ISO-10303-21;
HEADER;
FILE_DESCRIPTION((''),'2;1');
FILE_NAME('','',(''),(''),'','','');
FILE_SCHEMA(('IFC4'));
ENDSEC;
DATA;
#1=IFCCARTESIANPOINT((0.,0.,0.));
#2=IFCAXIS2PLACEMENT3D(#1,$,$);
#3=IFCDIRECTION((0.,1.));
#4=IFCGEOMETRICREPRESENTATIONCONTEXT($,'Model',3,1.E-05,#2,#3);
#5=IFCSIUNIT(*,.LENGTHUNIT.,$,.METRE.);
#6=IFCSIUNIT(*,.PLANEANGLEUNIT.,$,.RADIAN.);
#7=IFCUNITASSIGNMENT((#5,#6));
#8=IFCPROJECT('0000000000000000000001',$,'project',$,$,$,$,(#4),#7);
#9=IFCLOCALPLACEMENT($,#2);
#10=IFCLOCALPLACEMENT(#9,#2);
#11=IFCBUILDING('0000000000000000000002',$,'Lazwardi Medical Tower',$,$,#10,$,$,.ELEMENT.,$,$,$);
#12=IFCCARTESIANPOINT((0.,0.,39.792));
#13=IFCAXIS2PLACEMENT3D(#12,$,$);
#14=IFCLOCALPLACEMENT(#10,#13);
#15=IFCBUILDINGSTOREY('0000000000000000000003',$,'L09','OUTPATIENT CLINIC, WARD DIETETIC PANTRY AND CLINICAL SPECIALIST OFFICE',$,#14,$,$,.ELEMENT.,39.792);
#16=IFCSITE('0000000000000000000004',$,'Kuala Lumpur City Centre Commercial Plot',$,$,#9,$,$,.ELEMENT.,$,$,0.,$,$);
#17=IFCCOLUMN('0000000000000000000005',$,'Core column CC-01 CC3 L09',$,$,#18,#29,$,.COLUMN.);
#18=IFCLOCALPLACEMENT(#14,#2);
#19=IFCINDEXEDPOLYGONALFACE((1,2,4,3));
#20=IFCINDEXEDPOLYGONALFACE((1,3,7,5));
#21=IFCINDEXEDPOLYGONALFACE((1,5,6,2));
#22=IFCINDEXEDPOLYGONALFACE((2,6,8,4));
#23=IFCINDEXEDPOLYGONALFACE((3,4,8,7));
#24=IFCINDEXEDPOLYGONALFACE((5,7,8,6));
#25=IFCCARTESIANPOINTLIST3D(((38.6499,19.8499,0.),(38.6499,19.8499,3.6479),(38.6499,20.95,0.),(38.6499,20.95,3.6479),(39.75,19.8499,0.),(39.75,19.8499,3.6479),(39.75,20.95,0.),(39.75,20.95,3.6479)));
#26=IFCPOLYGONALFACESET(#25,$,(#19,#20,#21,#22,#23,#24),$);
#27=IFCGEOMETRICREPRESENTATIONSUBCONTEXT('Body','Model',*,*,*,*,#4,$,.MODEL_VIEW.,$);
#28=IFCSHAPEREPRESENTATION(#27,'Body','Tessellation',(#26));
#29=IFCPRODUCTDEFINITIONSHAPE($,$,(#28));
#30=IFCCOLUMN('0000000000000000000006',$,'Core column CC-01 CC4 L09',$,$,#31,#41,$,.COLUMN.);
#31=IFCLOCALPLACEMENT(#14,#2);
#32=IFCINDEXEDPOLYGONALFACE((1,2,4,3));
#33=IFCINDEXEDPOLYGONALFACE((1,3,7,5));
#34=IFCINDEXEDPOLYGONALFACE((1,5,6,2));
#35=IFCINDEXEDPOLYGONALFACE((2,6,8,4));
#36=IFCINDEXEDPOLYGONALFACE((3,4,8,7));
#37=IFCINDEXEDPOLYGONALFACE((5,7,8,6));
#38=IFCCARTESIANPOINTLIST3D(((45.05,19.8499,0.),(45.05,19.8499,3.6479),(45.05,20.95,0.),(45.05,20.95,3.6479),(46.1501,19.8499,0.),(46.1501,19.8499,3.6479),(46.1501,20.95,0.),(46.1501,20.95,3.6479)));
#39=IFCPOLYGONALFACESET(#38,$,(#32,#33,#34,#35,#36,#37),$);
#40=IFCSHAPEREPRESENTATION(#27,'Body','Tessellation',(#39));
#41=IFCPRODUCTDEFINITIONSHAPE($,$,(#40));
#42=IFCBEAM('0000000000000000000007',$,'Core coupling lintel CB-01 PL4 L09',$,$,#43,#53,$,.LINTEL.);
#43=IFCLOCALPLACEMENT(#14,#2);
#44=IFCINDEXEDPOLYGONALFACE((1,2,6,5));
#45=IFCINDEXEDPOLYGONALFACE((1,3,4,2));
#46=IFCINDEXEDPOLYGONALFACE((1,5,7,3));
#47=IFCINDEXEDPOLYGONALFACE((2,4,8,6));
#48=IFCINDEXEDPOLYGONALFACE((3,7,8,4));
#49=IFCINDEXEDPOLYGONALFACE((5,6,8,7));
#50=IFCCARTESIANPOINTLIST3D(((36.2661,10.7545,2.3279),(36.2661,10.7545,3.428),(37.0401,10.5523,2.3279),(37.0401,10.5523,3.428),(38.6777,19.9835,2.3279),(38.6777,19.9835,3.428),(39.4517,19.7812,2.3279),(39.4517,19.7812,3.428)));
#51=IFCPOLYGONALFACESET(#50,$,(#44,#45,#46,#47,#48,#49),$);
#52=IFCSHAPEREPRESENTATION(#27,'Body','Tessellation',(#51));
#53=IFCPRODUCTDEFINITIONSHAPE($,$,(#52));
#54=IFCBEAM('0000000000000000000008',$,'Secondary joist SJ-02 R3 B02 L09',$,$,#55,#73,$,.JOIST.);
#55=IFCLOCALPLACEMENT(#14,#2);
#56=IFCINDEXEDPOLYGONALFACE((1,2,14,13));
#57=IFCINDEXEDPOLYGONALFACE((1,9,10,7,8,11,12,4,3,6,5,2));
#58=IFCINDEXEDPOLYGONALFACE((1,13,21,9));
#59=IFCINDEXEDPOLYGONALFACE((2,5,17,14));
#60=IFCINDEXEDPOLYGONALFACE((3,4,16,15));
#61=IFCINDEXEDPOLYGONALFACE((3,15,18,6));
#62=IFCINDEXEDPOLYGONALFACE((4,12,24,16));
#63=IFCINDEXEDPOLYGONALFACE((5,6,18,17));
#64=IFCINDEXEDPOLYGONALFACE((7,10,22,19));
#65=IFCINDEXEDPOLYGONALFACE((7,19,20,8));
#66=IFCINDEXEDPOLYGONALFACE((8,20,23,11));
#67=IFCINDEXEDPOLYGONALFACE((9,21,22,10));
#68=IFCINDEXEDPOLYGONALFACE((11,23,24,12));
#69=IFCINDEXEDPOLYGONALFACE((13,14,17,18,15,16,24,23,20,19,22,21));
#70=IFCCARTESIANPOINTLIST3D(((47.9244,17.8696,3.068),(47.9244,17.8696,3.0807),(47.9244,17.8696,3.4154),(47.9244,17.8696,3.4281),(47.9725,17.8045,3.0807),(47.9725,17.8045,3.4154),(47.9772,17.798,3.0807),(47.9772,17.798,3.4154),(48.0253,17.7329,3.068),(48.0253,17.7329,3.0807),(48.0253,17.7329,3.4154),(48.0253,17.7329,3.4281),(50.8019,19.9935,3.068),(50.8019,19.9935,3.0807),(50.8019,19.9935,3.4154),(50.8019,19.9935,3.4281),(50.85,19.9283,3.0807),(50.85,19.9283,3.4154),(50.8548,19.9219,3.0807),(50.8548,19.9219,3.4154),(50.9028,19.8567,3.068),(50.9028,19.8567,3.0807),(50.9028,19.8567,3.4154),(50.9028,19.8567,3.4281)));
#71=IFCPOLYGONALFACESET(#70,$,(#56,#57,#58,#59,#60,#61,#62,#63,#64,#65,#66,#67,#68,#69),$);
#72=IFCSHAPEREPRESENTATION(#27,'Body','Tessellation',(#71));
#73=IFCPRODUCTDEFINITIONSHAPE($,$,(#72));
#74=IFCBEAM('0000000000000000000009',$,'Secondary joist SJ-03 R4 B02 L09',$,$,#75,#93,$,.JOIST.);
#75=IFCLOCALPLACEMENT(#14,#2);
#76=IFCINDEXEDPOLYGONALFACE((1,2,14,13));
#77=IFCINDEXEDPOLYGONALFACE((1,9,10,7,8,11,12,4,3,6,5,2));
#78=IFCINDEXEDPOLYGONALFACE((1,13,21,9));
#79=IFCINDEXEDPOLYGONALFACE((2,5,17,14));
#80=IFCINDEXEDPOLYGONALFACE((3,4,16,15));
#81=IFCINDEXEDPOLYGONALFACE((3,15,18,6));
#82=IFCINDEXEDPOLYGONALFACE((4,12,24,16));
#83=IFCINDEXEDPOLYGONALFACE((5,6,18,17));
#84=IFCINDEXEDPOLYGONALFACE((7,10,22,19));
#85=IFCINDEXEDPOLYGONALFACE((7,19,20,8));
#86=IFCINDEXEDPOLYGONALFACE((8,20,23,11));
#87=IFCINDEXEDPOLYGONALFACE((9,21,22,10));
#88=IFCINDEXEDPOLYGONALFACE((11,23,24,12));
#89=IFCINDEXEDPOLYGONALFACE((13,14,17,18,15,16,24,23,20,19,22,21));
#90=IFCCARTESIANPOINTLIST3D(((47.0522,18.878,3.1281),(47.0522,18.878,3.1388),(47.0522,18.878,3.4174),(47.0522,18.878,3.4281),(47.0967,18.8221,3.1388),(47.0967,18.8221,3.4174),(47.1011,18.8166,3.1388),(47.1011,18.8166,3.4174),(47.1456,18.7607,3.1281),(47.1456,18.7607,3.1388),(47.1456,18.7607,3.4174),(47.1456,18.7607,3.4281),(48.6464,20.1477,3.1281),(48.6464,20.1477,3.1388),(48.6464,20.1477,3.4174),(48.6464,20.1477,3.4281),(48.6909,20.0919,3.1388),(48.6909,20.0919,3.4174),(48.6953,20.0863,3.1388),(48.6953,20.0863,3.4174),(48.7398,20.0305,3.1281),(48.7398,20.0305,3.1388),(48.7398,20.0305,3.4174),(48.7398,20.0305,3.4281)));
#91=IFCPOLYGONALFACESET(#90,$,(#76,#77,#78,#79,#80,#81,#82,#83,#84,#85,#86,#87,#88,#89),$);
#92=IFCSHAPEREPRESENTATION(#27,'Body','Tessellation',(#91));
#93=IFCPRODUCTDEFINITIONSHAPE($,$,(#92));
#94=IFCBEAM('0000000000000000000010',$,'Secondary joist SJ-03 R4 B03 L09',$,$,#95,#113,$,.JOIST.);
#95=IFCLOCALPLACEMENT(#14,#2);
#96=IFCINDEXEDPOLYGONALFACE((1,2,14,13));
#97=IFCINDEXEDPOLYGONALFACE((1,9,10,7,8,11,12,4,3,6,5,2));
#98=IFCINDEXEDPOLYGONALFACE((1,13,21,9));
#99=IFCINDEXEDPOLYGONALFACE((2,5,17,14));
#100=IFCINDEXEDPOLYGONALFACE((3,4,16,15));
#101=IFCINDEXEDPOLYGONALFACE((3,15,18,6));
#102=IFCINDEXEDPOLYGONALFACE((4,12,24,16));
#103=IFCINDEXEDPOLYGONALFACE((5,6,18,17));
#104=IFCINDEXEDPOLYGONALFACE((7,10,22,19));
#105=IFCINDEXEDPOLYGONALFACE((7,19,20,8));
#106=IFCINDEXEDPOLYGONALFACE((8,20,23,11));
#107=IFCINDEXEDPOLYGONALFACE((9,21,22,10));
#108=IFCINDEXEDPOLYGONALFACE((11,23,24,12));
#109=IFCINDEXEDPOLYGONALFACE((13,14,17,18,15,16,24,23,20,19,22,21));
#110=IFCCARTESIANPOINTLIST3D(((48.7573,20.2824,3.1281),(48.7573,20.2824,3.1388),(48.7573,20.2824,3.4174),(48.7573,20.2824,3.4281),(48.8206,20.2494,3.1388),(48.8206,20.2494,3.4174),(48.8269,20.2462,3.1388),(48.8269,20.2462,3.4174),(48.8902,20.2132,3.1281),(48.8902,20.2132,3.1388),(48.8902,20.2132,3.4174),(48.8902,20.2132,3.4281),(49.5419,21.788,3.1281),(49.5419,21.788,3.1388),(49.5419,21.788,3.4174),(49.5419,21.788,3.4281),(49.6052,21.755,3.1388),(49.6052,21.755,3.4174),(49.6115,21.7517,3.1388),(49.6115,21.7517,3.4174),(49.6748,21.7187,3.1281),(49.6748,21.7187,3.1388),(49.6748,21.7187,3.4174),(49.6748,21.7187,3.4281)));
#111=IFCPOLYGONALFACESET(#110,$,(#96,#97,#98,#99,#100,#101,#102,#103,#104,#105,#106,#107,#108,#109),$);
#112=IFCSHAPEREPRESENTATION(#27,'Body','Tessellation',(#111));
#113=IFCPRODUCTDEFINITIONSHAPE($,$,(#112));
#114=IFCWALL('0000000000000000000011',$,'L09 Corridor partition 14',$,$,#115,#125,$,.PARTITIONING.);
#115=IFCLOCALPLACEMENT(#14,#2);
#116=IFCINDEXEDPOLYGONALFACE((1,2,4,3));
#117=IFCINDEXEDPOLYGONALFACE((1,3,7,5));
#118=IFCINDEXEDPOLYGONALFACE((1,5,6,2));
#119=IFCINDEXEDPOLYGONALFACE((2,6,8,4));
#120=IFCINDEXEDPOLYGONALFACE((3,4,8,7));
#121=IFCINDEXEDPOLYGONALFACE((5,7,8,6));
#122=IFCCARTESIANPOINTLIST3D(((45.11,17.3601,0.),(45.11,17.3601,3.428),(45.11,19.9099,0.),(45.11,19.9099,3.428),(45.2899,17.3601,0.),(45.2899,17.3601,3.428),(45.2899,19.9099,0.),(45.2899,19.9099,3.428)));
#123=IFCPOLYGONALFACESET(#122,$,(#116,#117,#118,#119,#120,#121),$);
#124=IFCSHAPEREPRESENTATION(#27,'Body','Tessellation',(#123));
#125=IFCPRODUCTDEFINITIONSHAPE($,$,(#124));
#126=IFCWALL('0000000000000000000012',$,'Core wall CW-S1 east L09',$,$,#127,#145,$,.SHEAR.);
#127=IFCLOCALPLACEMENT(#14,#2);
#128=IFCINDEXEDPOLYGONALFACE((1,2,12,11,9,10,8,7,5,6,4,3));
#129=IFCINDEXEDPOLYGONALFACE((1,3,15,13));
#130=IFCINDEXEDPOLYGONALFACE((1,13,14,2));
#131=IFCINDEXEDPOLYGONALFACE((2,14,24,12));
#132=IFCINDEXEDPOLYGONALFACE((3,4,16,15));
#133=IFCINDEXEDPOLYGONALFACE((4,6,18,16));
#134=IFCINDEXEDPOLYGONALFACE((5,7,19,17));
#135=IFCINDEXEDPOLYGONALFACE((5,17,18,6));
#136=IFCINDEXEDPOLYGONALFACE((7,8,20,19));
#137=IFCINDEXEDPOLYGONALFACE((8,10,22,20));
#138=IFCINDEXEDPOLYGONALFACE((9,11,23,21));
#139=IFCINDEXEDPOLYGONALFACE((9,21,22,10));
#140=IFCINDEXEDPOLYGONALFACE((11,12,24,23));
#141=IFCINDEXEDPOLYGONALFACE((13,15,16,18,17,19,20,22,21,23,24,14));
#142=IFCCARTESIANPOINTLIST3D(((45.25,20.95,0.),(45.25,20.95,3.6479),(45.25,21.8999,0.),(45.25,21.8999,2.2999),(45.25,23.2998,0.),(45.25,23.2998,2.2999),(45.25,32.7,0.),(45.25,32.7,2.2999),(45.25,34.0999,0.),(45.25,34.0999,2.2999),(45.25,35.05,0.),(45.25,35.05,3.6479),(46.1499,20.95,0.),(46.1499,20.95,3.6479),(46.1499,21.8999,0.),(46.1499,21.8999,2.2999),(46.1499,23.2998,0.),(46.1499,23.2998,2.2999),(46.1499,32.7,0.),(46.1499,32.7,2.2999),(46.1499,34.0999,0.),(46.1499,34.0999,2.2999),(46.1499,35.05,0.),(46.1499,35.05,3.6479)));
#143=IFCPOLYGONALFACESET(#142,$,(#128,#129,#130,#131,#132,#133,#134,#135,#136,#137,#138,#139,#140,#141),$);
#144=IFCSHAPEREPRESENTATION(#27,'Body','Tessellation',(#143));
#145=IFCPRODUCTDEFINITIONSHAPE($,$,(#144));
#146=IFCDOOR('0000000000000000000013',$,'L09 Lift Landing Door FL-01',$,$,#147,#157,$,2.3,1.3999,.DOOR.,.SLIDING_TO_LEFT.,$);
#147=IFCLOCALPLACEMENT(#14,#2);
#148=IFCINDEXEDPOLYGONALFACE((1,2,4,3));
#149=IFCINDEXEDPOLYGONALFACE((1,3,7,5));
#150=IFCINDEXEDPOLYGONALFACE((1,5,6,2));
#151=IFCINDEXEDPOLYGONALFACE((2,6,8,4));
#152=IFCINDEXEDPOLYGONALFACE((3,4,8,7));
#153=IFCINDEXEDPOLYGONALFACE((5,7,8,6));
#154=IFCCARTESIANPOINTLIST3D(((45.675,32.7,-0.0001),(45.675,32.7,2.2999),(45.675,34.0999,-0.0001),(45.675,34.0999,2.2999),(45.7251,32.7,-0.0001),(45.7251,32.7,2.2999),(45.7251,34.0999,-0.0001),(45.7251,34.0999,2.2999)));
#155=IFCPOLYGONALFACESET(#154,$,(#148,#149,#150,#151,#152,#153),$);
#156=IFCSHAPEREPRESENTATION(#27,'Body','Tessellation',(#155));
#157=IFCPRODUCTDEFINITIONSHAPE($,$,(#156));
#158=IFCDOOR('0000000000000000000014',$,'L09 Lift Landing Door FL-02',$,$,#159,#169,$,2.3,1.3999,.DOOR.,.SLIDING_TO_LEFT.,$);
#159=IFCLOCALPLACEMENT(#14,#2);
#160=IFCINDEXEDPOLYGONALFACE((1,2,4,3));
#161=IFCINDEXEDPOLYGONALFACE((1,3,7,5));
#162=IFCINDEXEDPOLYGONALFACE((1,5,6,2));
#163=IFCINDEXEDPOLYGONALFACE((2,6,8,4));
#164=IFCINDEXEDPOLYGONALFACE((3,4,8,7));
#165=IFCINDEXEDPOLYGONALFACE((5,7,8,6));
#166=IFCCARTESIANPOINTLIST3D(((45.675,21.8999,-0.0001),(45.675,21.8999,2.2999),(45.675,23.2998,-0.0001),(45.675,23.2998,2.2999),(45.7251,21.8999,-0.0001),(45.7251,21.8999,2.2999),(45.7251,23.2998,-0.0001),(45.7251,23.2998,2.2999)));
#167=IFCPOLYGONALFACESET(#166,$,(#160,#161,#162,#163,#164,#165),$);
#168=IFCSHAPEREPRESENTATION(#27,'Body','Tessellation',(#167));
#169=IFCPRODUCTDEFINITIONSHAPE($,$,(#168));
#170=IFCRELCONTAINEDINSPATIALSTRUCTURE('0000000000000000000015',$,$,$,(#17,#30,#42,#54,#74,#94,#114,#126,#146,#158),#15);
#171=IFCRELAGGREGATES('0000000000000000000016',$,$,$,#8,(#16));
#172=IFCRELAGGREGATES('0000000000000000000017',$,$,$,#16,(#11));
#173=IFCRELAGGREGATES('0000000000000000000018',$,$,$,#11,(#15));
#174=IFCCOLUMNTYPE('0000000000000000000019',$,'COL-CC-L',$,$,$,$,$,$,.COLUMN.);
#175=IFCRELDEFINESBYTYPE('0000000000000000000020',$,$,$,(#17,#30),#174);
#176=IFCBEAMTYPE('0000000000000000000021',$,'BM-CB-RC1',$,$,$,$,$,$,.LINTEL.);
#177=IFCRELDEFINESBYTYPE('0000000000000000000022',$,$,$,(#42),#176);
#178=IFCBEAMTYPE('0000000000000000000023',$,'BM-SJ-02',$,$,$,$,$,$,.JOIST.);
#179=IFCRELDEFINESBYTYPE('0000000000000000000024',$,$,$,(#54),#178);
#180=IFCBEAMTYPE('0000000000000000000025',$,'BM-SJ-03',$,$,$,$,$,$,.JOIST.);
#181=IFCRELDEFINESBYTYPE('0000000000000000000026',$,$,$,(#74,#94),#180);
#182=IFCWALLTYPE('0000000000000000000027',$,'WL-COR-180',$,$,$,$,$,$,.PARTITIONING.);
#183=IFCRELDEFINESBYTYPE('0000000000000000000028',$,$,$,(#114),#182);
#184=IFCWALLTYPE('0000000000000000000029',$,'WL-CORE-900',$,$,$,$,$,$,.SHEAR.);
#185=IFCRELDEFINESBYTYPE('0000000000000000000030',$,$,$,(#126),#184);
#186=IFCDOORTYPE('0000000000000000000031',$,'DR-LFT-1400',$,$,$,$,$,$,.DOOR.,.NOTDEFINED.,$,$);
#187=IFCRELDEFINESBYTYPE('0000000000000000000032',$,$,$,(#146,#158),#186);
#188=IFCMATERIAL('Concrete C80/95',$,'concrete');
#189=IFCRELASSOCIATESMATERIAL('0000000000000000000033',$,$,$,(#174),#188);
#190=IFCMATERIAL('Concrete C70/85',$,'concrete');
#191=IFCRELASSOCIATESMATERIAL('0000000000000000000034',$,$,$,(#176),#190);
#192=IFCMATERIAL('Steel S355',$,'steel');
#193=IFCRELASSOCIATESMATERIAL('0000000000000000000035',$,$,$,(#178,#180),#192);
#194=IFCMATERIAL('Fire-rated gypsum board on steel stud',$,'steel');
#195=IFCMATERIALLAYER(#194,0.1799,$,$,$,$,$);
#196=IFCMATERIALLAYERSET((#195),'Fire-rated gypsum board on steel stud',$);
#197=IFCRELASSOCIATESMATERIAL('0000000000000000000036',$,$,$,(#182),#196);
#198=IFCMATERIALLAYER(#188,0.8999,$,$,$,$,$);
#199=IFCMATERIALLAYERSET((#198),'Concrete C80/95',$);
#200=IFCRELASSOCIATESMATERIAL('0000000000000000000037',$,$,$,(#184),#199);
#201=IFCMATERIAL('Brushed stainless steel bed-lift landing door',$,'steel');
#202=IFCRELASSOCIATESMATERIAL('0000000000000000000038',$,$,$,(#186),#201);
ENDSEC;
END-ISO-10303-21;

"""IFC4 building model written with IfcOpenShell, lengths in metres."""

from ifc_helpers import new_model, si_unit, direction, frame, frame_2d, origin, origin_2d, place, context, subcontext, project, spatial, rectangle, i_section, extrude, material, layer, layer_set, material_profile, profile_set, type_object, element, fill, save


model = new_model("IFC4")

# Units and contexts
model_context = context("Model", 3, precision=1e-05, world=origin(), true_north=direction((0.0, 1.0)))
body_context = subcontext(model_context, "Body", "Model", "MODEL_VIEW")
ifc_project = project(units=[si_unit("LENGTHUNIT", "METRE"), si_unit("PLANEANGLEUNIT", "RADIAN")], contexts=[model_context])

# Site, building, storey
site_placement = place(None, origin())
site = spatial("IfcSite", under=ifc_project, at=site_placement, Name="Kuala Lumpur City Centre Commercial Plot", CompositionType="ELEMENT", RefElevation=0.0)
building_placement = place(site_placement, origin())
building = spatial("IfcBuilding", under=site, at=building_placement, Name="Lazwardi Medical Tower", CompositionType="ELEMENT")
storey_placement = place(building_placement, frame((0.0, 0.0, 39.792)))
storey = spatial("IfcBuildingStorey", under=building, at=storey_placement, Name="L09", Description="OUTPATIENT CLINIC, WARD DIETETIC PANTRY AND CLINICAL SPECIALIST OFFICE", CompositionType="ELEMENT", Elevation=39.792)

# Columns
ifc_material_1 = material(Name="Concrete C80/95", Category="concrete")
ifc_material_profile_1 = material_profile(ifc_material_1, rectangle(XDim=1.1001, YDim=1.1001, at=origin_2d()), Name="RC 1100x1100")
ifc_profile_set_1 = profile_set([ifc_material_profile_1], Name="Concrete C80/95")
column_type = type_object("IfcColumnType", Name="COL-CC-L", PredefinedType="COLUMN", material=ifc_profile_set_1)
for number, where, z_axis, x_axis, name in (
    (1, (39.2, 20.3999, 0.0), (0.0, 0.0, 1.0), (1.0, 0.0, 0.0), "Core column CC-01 CC3 L09"),
    (2, (45.6001, 20.3999, 0.0), (0.0, 0.0, 1.0), (1.0, 0.0, 0.0), "Core column CC-01 CC4 L09"),
):
    element("IfcColumn", number, at=place(storey_placement, frame(where, z_axis=z_axis, x_axis=x_axis)), inside=storey, type_object=column_type, Name=name, PredefinedType="COLUMN", context=body_context, shape_type="SweptSolid", body=[
        extrude(rectangle(XDim=1.1001, YDim=1.1001, at=origin_2d()), origin(), (0.0, 0.0, 1.0), 3.6479),
    ])

# Beams
ifc_material_2 = material(Name="Concrete C70/85", Category="concrete")
ifc_material_profile_2 = material_profile(ifc_material_2, rectangle(XDim=0.8, YDim=1.1001, at=origin_2d()), Name="RC 800x1100")
ifc_profile_set_2 = profile_set([ifc_material_profile_2], Name="Concrete C70/85")
beam_type_1 = type_object("IfcBeamType", Name="BM-CB-RC1", PredefinedType="LINTEL", material=ifc_profile_set_2)
beam_1_placement = place(storey_placement, frame((39.0647, 19.8823, 2.8779), z_axis=(-0.25282, -0.967513, 0.0), x_axis=(0.967513, -0.25282, 0.0)))
element("IfcBeam", 3, at=beam_1_placement, inside=storey, type_object=beam_type_1, Name="Core coupling lintel CB-01 PL4 L09", PredefinedType="LINTEL", context=body_context, shape_type="SweptSolid", body=[
    extrude(rectangle(XDim=0.8, YDim=1.1001, at=origin_2d()), origin(), (0.0, 0.0, 1.0), 9.5388),
])
ifc_material_3 = material(Name="Steel S355", Category="steel")
ifc_material_profile_3 = material_profile(ifc_material_3, i_section(OverallWidth=0.1699, OverallDepth=0.3601, WebThickness=0.0081, FlangeThickness=0.0127, at=origin_2d()), Name="IPE 360")
ifc_profile_set_3 = profile_set([ifc_material_profile_3], Name="Steel S355")
beam_type_2 = type_object("IfcBeamType", Name="BM-SJ-02", PredefinedType="JOIST", material=ifc_profile_set_3)
beam_2_placement = place(storey_placement, frame((47.9749, 17.8013, 3.248), z_axis=(0.80458, 0.593844, 0.0), x_axis=(-0.593844, 0.80458, 0.0)))
element("IfcBeam", 4, at=beam_2_placement, inside=storey, type_object=beam_type_2, Name="Secondary joist SJ-02 R3 B02 L09", PredefinedType="JOIST", context=body_context, shape_type="SweptSolid", body=[
    extrude(i_section(OverallWidth=0.1699, OverallDepth=0.3601, WebThickness=0.0081, FlangeThickness=0.0127, at=origin_2d()), origin(), (0.0, 0.0, 1.0), 3.5764),
])
ifc_material_profile_4 = material_profile(ifc_material_3, i_section(OverallWidth=0.1499, OverallDepth=0.3, WebThickness=0.0071, FlangeThickness=0.0107, at=origin_2d()), Name="IPE 300")
ifc_profile_set_4 = profile_set([ifc_material_profile_4], Name="Steel S355")
beam_type_3 = type_object("IfcBeamType", Name="BM-SJ-03", PredefinedType="JOIST", material=ifc_profile_set_4)
beam_3_placement = place(storey_placement, frame((47.0989, 18.8193, 3.2781), z_axis=(0.782211, 0.623014, 0.0), x_axis=(-0.623014, 0.782211, 0.0)))
element("IfcBeam", 5, at=beam_3_placement, inside=storey, type_object=beam_type_3, Name="Secondary joist SJ-03 R4 B02 L09", PredefinedType="JOIST", context=body_context, shape_type="SweptSolid", body=[
    extrude(i_section(OverallWidth=0.1499, OverallDepth=0.3, WebThickness=0.0071, FlangeThickness=0.0107, at=origin_2d()), origin(), (0.0, 0.0, 1.0), 2.0381),
])
beam_4_placement = place(storey_placement, frame((48.8237, 20.2478, 3.2781), z_axis=(0.462163, 0.886795, 0.0), x_axis=(-0.886795, 0.462163, 0.0)))
element("IfcBeam", 6, at=beam_4_placement, inside=storey, type_object=beam_type_3, Name="Secondary joist SJ-03 R4 B03 L09", PredefinedType="JOIST", context=body_context, shape_type="SweptSolid", body=[
    extrude(i_section(OverallWidth=0.1499, OverallDepth=0.3, WebThickness=0.0071, FlangeThickness=0.0107, at=origin_2d()), origin(), (0.0, 0.0, 1.0), 1.6978),
])

# Wall
ifc_material_4 = material(Name="Fire-rated gypsum board on steel stud", Category="steel")
ifc_layer_1 = layer(ifc_material_4, 0.1799)
ifc_layer_set_1 = layer_set([ifc_layer_1], Name="Fire-rated gypsum board on steel stud")
wall_type_1 = type_object("IfcWallType", Name="WL-COR-180", PredefinedType="PARTITIONING", material=ifc_layer_set_1)
wall_1_placement = place(storey_placement, frame((45.2, 19.9099, 0.0), z_axis=(0.0, 0.0, 1.0), x_axis=(0.0, -1.0, 0.0)))
element("IfcWall", 7, at=wall_1_placement, inside=storey, type_object=wall_type_1, Name="L09 Corridor partition 14", PredefinedType="PARTITIONING", context=body_context, shape_type="SweptSolid", body=[
    extrude(rectangle(XDim=2.5498, YDim=0.1799, at=frame_2d((1.2749, 0.0))), origin(), (0.0, 0.0, 1.0), 3.428),
])

# Wall, openings, doors
ifc_layer_2 = layer(ifc_material_1, 0.8999)
ifc_layer_set_2 = layer_set([ifc_layer_2], Name="Concrete C80/95")
wall_type_2 = type_object("IfcWallType", Name="WL-CORE-900", PredefinedType="SHEAR", material=ifc_layer_set_2)
wall_2_placement = place(storey_placement, frame((45.7, 20.95, 0.0), z_axis=(0.0, 0.0, 1.0), x_axis=(0.0, 1.0, 0.0)))
wall_2 = element("IfcWall", 8, at=wall_2_placement, inside=storey, type_object=wall_type_2, Name="Core wall CW-S1 east L09", PredefinedType="SHEAR", context=body_context, shape_type="SweptSolid", body=[
    extrude(rectangle(XDim=14.1001, YDim=0.8999, at=frame_2d((7.05, 0.0))), origin(), (0.0, 0.0, 1.0), 3.6479),
])
opening_1_placement = place(wall_2_placement, frame((11.75, 0.0, 0.0)))
opening_1 = element("IfcOpeningElement", 9, at=opening_1_placement, cuts=wall_2, PredefinedType="OPENING", context=body_context, shape_type="SweptSolid", body=[
    extrude(rectangle(XDim=1.3999, YDim=2.3, at=frame_2d((0.7, 1.1499))), frame((0.0, 0.46, 0.0), z_axis=(0.0, -1.0, 0.0), x_axis=(1.0, 0.0, 0.0)), (0.0, 0.0, 1.0), 0.9199),
])
opening_2_placement = place(wall_2_placement, frame((0.95, 0.0, 0.0)))
opening_2 = element("IfcOpeningElement", 10, at=opening_2_placement, cuts=wall_2, PredefinedType="OPENING", context=body_context, shape_type="SweptSolid", body=[
    extrude(rectangle(XDim=1.3999, YDim=2.3, at=frame_2d((0.7, 1.1499))), frame((0.0, 0.46, 0.0), z_axis=(0.0, -1.0, 0.0), x_axis=(1.0, 0.0, 0.0)), (0.0, 0.0, 1.0), 0.9199),
])
ifc_material_5 = material(Name="Brushed stainless steel bed-lift landing door", Category="steel")
door_type = type_object("IfcDoorType", Name="DR-LFT-1400", OperationType="NOTDEFINED", PredefinedType="DOOR", material=ifc_material_5)
door_1_placement = place(opening_1_placement, origin())
door_1 = element("IfcDoor", 11, at=door_1_placement, inside=storey, type_object=door_type, Name="L09 Lift Landing Door FL-01", OperationType="SLIDING_TO_LEFT", OverallHeight=2.3, OverallWidth=1.3999, PredefinedType="DOOR", context=body_context, shape_type="SweptSolid", body=[
    extrude(rectangle(XDim=1.3999, YDim=2.3, at=frame_2d((0.7, 1.1499))), frame((0.0, 0.0249, 0.0), z_axis=(0.0, -1.0, 0.0), x_axis=(1.0, 0.0, 0.0)), (0.0, 0.0, 1.0), 0.05),
])
fill(opening_1, door_1)
door_2_placement = place(opening_2_placement, origin())
door_2 = element("IfcDoor", 12, at=door_2_placement, inside=storey, type_object=door_type, Name="L09 Lift Landing Door FL-02", OperationType="SLIDING_TO_LEFT", OverallHeight=2.3, OverallWidth=1.3999, PredefinedType="DOOR", context=body_context, shape_type="SweptSolid", body=[
    extrude(rectangle(XDim=1.3999, YDim=2.3, at=frame_2d((0.7, 1.1499))), frame((0.0, 0.0249, 0.0), z_axis=(0.0, -1.0, 0.0), x_axis=(1.0, 0.0, 0.0)), (0.0, 0.0, 1.0), 0.05),
])
fill(opening_2, door_2)

save(model, "model.ifc")
